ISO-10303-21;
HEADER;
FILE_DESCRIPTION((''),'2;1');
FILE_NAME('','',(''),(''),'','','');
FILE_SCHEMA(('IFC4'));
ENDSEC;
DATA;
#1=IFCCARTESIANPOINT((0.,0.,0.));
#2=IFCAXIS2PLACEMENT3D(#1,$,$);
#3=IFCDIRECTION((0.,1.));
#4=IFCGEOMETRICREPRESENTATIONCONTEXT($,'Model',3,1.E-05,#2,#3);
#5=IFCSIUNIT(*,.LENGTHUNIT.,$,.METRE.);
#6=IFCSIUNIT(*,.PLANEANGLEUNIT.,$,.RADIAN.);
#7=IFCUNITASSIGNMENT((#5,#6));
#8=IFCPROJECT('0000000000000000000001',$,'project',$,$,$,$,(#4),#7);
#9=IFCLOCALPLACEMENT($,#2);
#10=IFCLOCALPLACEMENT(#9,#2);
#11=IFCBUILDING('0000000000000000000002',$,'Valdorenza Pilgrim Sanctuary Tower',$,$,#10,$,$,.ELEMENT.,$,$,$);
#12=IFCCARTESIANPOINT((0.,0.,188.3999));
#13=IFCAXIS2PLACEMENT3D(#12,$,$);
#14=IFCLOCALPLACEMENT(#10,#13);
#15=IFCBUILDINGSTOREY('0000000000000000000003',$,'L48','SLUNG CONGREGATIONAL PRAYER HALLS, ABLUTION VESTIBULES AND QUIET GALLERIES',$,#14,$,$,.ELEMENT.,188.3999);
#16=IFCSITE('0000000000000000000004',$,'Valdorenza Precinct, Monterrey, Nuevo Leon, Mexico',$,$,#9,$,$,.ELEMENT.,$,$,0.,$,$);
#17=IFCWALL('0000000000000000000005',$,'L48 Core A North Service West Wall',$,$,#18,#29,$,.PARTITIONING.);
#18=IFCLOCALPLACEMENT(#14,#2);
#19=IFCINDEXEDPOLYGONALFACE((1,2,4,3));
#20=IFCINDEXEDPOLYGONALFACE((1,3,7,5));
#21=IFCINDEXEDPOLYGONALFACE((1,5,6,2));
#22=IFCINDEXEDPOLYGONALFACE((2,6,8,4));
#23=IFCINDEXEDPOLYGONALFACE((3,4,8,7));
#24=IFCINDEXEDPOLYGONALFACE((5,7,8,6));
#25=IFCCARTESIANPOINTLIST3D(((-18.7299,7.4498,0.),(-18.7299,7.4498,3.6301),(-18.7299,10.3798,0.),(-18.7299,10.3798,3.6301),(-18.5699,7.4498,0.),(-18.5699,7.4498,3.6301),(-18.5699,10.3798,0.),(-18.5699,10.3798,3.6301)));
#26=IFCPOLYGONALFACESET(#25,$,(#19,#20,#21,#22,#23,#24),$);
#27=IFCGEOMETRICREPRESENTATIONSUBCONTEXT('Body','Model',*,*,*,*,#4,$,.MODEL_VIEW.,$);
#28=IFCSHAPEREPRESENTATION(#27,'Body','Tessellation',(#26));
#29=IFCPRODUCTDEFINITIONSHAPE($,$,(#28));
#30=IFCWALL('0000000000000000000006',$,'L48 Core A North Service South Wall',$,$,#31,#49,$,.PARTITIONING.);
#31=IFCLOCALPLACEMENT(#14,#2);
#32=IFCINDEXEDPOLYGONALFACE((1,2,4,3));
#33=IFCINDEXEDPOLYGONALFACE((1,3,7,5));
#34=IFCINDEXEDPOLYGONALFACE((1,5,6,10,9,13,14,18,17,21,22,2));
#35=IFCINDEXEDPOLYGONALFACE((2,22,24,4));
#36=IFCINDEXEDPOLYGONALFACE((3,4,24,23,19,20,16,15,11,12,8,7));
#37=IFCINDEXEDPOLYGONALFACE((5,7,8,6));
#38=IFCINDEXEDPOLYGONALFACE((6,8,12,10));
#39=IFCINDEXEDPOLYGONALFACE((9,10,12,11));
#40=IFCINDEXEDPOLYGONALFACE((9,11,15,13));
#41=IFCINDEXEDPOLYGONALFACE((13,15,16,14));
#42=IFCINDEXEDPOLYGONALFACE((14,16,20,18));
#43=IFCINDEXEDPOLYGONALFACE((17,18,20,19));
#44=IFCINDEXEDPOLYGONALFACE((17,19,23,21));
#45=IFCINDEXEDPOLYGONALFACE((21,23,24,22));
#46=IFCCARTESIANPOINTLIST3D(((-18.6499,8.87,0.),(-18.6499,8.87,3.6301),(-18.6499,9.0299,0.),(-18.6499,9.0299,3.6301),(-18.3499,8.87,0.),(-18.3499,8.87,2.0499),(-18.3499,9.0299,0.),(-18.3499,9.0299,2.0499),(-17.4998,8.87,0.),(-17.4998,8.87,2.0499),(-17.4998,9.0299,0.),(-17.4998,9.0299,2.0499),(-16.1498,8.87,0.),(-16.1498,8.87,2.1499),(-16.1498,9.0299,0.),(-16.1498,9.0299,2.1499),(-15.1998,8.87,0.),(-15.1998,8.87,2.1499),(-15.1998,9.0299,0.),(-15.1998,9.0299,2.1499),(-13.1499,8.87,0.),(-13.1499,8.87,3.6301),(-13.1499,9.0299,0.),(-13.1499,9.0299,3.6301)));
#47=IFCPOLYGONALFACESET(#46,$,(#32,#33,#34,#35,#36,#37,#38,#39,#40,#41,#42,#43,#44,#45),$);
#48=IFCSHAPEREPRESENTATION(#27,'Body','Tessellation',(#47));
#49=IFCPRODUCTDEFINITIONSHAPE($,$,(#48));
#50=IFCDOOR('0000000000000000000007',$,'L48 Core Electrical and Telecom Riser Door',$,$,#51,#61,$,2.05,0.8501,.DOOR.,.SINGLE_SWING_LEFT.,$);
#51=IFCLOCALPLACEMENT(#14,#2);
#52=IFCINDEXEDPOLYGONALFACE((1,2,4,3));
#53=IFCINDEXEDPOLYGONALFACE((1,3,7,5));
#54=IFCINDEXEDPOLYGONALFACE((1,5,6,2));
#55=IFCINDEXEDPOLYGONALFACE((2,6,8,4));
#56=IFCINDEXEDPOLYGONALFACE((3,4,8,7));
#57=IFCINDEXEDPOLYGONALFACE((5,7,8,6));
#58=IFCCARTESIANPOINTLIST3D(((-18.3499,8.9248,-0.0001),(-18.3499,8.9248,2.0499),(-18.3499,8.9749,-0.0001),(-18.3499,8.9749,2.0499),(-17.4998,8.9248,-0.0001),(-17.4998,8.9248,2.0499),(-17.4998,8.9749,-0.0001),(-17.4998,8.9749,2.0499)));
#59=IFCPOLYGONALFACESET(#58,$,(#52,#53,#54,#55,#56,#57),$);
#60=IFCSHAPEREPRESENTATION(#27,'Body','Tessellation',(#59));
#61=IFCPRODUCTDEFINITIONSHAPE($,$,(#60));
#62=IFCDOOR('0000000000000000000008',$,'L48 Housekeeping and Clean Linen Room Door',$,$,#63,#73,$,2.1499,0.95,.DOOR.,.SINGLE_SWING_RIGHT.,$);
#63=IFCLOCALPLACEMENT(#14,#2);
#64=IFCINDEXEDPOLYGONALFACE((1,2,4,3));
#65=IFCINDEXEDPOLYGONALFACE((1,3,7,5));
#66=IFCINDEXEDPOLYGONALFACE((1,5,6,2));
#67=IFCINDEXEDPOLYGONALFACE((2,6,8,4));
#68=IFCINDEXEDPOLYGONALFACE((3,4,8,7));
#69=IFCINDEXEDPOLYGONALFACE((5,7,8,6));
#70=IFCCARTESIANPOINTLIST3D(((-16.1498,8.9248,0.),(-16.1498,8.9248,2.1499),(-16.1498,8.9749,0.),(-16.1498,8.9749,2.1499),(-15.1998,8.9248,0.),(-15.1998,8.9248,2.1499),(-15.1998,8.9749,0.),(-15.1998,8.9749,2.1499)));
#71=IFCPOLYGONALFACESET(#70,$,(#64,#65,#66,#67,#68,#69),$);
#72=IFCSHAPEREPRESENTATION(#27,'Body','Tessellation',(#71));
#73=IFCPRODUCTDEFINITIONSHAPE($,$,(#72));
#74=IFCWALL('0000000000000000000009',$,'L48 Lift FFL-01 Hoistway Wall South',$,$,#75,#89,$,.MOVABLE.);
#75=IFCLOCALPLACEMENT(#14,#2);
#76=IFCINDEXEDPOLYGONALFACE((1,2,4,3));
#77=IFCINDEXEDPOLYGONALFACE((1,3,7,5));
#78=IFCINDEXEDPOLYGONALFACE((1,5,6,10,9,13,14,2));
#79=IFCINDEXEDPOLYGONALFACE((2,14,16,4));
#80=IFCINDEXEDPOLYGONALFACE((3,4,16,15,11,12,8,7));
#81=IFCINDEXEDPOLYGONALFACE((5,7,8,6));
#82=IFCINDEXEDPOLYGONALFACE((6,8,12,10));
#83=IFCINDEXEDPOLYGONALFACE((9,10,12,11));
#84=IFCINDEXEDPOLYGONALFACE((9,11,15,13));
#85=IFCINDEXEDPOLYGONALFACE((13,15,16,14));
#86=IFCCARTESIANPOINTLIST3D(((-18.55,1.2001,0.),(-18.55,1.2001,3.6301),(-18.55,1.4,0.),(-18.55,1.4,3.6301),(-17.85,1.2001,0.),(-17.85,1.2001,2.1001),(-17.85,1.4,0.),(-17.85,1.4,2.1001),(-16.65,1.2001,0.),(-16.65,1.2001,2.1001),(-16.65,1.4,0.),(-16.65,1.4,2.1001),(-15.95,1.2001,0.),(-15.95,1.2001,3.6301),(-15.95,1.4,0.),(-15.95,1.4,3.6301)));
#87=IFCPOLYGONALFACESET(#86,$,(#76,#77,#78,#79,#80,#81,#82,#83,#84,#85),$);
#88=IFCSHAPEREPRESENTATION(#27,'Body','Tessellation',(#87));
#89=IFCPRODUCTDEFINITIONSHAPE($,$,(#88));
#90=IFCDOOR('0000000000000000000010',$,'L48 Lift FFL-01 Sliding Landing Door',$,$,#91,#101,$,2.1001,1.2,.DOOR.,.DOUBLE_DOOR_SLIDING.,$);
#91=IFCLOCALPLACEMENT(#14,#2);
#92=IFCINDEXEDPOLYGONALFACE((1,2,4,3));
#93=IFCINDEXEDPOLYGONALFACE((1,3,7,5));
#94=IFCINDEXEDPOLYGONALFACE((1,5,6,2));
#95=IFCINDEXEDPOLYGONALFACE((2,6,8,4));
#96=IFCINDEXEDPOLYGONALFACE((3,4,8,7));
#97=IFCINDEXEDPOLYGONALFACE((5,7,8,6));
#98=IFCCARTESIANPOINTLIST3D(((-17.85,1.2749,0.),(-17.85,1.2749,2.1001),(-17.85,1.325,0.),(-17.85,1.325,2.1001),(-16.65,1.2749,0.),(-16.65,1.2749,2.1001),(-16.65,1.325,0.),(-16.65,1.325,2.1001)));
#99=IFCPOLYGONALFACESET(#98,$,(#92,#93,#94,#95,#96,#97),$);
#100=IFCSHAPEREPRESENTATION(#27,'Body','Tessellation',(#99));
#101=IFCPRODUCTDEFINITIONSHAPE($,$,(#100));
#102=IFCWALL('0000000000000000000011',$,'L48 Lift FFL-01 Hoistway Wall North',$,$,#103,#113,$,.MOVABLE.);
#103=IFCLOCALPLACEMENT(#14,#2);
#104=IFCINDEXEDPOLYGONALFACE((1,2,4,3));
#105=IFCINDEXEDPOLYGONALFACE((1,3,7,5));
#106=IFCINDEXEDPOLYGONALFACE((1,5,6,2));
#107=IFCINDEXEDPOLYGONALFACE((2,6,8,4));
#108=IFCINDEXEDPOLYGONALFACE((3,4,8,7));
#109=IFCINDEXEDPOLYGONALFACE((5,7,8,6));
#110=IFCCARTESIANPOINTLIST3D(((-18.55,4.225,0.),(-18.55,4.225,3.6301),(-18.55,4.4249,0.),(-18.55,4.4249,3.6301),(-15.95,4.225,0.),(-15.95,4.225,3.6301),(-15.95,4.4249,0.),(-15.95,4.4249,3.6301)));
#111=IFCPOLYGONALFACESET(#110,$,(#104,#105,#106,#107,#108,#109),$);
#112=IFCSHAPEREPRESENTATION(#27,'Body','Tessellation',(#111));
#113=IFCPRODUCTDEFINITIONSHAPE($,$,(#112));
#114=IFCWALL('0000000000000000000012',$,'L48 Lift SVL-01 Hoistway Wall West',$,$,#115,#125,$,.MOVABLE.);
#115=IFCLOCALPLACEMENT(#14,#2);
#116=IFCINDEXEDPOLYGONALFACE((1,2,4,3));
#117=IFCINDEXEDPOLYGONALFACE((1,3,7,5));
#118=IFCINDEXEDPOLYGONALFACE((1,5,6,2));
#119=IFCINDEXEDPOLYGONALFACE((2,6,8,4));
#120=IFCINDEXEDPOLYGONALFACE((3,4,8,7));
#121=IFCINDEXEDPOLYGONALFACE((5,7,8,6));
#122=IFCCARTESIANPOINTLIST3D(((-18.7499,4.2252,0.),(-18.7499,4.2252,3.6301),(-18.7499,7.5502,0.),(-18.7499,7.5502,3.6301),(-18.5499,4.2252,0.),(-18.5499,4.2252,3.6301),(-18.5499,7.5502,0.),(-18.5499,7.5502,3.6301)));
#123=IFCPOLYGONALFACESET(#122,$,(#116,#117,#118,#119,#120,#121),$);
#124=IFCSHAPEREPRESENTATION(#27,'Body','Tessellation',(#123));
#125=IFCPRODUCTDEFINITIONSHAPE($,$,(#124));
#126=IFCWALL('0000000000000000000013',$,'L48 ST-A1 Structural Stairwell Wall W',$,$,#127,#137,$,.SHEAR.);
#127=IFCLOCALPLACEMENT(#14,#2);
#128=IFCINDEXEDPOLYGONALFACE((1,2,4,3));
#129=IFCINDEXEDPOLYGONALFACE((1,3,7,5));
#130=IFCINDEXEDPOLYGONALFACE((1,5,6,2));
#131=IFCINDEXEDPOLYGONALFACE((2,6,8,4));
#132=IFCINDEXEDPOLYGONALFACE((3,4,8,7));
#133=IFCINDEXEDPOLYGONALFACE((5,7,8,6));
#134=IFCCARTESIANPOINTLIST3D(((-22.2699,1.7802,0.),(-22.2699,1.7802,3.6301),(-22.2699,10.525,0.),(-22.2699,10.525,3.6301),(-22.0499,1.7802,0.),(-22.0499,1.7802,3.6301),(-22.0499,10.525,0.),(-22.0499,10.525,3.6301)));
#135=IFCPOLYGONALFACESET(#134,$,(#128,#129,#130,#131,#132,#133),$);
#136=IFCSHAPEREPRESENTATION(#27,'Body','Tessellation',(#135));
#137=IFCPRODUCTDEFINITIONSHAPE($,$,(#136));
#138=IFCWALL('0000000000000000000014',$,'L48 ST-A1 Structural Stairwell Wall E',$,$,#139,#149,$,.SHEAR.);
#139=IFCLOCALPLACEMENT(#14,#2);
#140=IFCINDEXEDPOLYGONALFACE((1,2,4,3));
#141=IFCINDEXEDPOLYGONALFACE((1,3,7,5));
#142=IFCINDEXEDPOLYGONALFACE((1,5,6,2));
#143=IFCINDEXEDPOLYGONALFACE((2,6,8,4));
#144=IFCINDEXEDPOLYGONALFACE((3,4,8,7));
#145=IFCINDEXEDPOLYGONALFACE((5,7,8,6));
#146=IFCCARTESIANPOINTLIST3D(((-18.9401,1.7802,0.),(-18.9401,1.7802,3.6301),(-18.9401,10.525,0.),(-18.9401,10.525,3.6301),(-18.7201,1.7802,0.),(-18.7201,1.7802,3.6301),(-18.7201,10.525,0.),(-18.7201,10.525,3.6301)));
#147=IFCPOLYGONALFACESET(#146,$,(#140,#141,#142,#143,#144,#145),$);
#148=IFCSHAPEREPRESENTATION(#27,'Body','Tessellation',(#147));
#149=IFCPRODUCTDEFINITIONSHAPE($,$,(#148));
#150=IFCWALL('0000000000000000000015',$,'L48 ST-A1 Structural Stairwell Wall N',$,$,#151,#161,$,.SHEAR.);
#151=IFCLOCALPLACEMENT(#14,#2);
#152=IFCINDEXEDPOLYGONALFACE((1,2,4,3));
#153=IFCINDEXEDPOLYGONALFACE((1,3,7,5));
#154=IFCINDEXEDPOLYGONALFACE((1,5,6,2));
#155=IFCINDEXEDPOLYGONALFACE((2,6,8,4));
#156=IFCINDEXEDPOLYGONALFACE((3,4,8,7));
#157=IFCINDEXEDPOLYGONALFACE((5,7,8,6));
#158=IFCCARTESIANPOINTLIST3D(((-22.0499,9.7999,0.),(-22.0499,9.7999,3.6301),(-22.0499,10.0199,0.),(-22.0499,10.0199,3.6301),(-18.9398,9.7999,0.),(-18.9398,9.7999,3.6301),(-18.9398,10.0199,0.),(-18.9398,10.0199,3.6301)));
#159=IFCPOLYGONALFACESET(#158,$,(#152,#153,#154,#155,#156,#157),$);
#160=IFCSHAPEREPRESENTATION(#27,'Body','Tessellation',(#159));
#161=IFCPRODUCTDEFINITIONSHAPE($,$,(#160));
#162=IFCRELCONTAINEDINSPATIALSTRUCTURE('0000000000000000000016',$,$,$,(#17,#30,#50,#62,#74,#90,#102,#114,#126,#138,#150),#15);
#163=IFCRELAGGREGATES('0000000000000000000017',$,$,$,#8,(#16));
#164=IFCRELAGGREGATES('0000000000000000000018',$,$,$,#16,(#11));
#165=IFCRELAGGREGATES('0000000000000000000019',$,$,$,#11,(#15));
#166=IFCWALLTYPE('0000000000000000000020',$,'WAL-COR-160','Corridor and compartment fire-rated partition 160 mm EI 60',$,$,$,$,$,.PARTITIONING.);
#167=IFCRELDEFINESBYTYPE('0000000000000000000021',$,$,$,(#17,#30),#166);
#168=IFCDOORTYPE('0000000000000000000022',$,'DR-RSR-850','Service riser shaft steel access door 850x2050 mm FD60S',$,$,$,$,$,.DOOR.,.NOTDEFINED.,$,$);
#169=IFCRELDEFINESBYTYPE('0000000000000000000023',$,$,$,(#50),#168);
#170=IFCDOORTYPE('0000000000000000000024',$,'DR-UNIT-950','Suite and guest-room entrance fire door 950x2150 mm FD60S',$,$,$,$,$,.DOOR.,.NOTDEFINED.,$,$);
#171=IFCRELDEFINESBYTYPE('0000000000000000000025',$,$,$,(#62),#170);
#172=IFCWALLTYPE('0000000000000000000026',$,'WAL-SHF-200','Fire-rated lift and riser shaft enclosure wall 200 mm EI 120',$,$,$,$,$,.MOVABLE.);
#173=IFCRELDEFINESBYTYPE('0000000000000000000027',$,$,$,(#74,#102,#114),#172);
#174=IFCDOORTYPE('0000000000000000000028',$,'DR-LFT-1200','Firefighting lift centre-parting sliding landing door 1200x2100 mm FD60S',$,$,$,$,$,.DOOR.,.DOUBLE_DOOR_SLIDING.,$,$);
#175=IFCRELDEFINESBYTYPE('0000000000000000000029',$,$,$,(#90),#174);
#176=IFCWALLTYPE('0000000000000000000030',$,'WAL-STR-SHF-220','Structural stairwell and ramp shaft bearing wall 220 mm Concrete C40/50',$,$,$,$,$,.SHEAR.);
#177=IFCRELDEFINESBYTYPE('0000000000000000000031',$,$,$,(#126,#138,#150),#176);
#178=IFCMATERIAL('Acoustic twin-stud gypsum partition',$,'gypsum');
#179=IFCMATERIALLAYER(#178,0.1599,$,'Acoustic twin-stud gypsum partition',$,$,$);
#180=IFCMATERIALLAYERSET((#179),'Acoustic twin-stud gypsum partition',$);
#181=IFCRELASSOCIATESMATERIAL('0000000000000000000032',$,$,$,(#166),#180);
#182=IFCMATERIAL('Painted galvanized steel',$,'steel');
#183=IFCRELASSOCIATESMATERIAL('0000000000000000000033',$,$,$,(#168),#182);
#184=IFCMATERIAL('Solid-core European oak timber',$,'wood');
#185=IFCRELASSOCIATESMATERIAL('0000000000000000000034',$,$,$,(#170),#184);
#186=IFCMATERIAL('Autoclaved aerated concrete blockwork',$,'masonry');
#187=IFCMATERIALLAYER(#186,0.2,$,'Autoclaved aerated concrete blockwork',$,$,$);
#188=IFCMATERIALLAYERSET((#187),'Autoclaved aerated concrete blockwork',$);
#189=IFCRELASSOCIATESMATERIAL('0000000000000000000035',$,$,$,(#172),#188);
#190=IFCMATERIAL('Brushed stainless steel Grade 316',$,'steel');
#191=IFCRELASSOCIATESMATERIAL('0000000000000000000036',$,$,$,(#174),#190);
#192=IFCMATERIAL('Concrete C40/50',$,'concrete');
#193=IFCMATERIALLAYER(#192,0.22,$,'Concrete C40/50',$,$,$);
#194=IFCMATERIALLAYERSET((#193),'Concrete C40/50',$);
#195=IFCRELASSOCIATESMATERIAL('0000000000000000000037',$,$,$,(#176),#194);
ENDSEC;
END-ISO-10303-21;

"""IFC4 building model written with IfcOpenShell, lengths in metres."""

from ifc_helpers import new_model, si_unit, direction, frame, frame_2d, origin, place, context, subcontext, project, spatial, rectangle, extrude, material, layer, layer_set, type_object, element, fill, save


model = new_model("IFC4")

# Units and contexts
model_context = context("Model", 3, precision=1e-05, world=origin(), true_north=direction((0.0, 1.0)))
body_context = subcontext(model_context, "Body", "Model", "MODEL_VIEW")
ifc_project = project(units=[si_unit("LENGTHUNIT", "METRE"), si_unit("PLANEANGLEUNIT", "RADIAN")], contexts=[model_context])

# Site, building, storey
site_placement = place(None, origin())
site = spatial("IfcSite", under=ifc_project, at=site_placement, Name="Valdorenza Precinct, Monterrey, Nuevo Leon, Mexico", CompositionType="ELEMENT", RefElevation=0.0)
building_placement = place(site_placement, origin())
building = spatial("IfcBuilding", under=site, at=building_placement, Name="Valdorenza Pilgrim Sanctuary Tower", CompositionType="ELEMENT")
storey_placement = place(building_placement, frame((0.0, 0.0, 188.3999)))
storey = spatial("IfcBuildingStorey", under=building, at=storey_placement, Name="L48", Description="SLUNG CONGREGATIONAL PRAYER HALLS, ABLUTION VESTIBULES AND QUIET GALLERIES", CompositionType="ELEMENT", Elevation=188.3999)

# Wall
ifc_material_1 = material(Name="Acoustic twin-stud gypsum partition", Category="gypsum")
ifc_layer_1 = layer(ifc_material_1, 0.1599, Name="Acoustic twin-stud gypsum partition")
ifc_layer_set_1 = layer_set([ifc_layer_1], Name="Acoustic twin-stud gypsum partition")
wall_type_1 = type_object("IfcWallType", Name="WAL-COR-160", Description="Corridor and compartment fire-rated partition 160 mm EI 60", PredefinedType="PARTITIONING", material=ifc_layer_set_1)
wall_1_placement = place(storey_placement, frame((-18.6499, 7.45, 0.0), z_axis=(0.0, 0.0, 1.0), x_axis=(0.0, 1.0, 0.0)))
element("IfcWall", 1, at=wall_1_placement, inside=storey, type_object=wall_type_1, Name="L48 Core A North Service West Wall", PredefinedType="PARTITIONING", context=body_context, shape_type="SweptSolid", body=[
    extrude(rectangle(XDim=2.9299, YDim=0.1599, at=frame_2d((1.4648, 0.0))), origin(), (0.0, 0.0, 1.0), 3.6301),
])

# Wall, openings, doors
wall_2_placement = place(storey_placement, frame((-18.6499, 8.95, 0.0), z_axis=(0.0, 0.0, 1.0), x_axis=(1.0, 0.0, 0.0)))
wall_2 = element("IfcWall", 2, at=wall_2_placement, inside=storey, type_object=wall_type_1, Name="L48 Core A North Service South Wall", PredefinedType="PARTITIONING", context=body_context, shape_type="SweptSolid", body=[
    extrude(rectangle(XDim=5.5, YDim=0.1599, at=frame_2d((2.75, 0.0))), origin(), (0.0, 0.0, 1.0), 3.6301),
])
opening_1_placement = place(wall_2_placement, frame((0.3, 0.0, 0.0)))
opening_1 = element("IfcOpeningElement", 3, at=opening_1_placement, cuts=wall_2, PredefinedType="OPENING", context=body_context, shape_type="SweptSolid", body=[
    extrude(rectangle(XDim=0.8501, YDim=2.05, at=frame_2d((0.425, 1.0249))), frame((0.0, 0.0947, 0.0), z_axis=(0.0, -1.0, 0.0), x_axis=(1.0, 0.0, 0.0)), (0.0, 0.0, 1.0), 0.1897),
])
opening_2_placement = place(wall_2_placement, frame((2.5, 0.0, 0.0)))
opening_2 = element("IfcOpeningElement", 4, at=opening_2_placement, cuts=wall_2, PredefinedType="OPENING", context=body_context, shape_type="SweptSolid", body=[
    extrude(rectangle(XDim=0.95, YDim=2.1499, at=frame_2d((0.4751, 1.075))), frame((0.0, 0.0947, 0.0), z_axis=(0.0, -1.0, 0.0), x_axis=(1.0, 0.0, 0.0)), (0.0, 0.0, 1.0), 0.1897),
])
ifc_material_2 = material(Name="Painted galvanized steel", Category="steel")
door_type_1 = type_object("IfcDoorType", Name="DR-RSR-850", Description="Service riser shaft steel access door 850x2050 mm FD60S", OperationType="NOTDEFINED", PredefinedType="DOOR", material=ifc_material_2)
door_1_placement = place(opening_1_placement, origin())
door_1 = element("IfcDoor", 5, at=door_1_placement, inside=storey, type_object=door_type_1, Name="L48 Core Electrical and Telecom Riser Door", OperationType="SINGLE_SWING_LEFT", OverallHeight=2.05, OverallWidth=0.8501, PredefinedType="DOOR", context=body_context, shape_type="SweptSolid", body=[
    extrude(rectangle(XDim=0.8501, YDim=2.05, at=frame_2d((0.425, 1.0249))), frame((0.0, 0.0249, 0.0), z_axis=(0.0, -1.0, 0.0), x_axis=(1.0, 0.0, 0.0)), (0.0, 0.0, 1.0), 0.05),
])
fill(opening_1, door_1)
ifc_material_3 = material(Name="Solid-core European oak timber", Category="wood")
door_type_2 = type_object("IfcDoorType", Name="DR-UNIT-950", Description="Suite and guest-room entrance fire door 950x2150 mm FD60S", OperationType="NOTDEFINED", PredefinedType="DOOR", material=ifc_material_3)
door_2_placement = place(opening_2_placement, origin())
door_2 = element("IfcDoor", 6, at=door_2_placement, inside=storey, type_object=door_type_2, Name="L48 Housekeeping and Clean Linen Room Door", OperationType="SINGLE_SWING_RIGHT", OverallHeight=2.1499, OverallWidth=0.95, PredefinedType="DOOR", context=body_context, shape_type="SweptSolid", body=[
    extrude(rectangle(XDim=0.95, YDim=2.1499, at=frame_2d((0.4751, 1.075))), frame((0.0, 0.0249, 0.0), z_axis=(0.0, -1.0, 0.0), x_axis=(1.0, 0.0, 0.0)), (0.0, 0.0, 1.0), 0.05),
])
fill(opening_2, door_2)

# Wall, opening, door
ifc_material_4 = material(Name="Autoclaved aerated concrete blockwork", Category="masonry")
ifc_layer_2 = layer(ifc_material_4, 0.2, Name="Autoclaved aerated concrete blockwork")
ifc_layer_set_2 = layer_set([ifc_layer_2], Name="Autoclaved aerated concrete blockwork")
wall_type_2 = type_object("IfcWallType", Name="WAL-SHF-200", Description="Fire-rated lift and riser shaft enclosure wall 200 mm EI 120", PredefinedType="MOVABLE", material=ifc_layer_set_2)
wall_3_placement = place(storey_placement, frame((-18.55, 1.3, 0.0), z_axis=(0.0, 0.0, 1.0), x_axis=(1.0, 0.0, 0.0)))
wall_3 = element("IfcWall", 7, at=wall_3_placement, inside=storey, type_object=wall_type_2, Name="L48 Lift FFL-01 Hoistway Wall South", PredefinedType="MOVABLE", context=body_context, shape_type="SweptSolid", body=[
    extrude(rectangle(XDim=2.6001, YDim=0.2, at=frame_2d((1.3, 0.0))), origin(), (0.0, 0.0, 1.0), 3.6301),
])
opening_3_placement = place(wall_3_placement, frame((0.7, 0.0, 0.0)))
opening_3 = element("IfcOpeningElement", 8, at=opening_3_placement, cuts=wall_3, PredefinedType="OPENING", context=body_context, shape_type="SweptSolid", body=[
    extrude(rectangle(XDim=1.2, YDim=2.1001, at=frame_2d((0.6001, 1.05))), frame((0.0, 0.1147, 0.0), z_axis=(0.0, -1.0, 0.0), x_axis=(1.0, 0.0, 0.0)), (0.0, 0.0, 1.0), 0.2297),
])
ifc_material_5 = material(Name="Brushed stainless steel Grade 316", Category="steel")
door_type_3 = type_object("IfcDoorType", Name="DR-LFT-1200", Description="Firefighting lift centre-parting sliding landing door 1200x2100 mm FD60S", OperationType="DOUBLE_DOOR_SLIDING", PredefinedType="DOOR", material=ifc_material_5)
door_3_placement = place(opening_3_placement, origin())
door_3 = element("IfcDoor", 9, at=door_3_placement, inside=storey, type_object=door_type_3, Name="L48 Lift FFL-01 Sliding Landing Door", OperationType="DOUBLE_DOOR_SLIDING", OverallHeight=2.1001, OverallWidth=1.2, PredefinedType="DOOR", context=body_context, shape_type="SweptSolid", body=[
    extrude(rectangle(XDim=1.2, YDim=2.1001, at=frame_2d((0.6001, 1.05))), frame((0.0, 0.0249, 0.0), z_axis=(0.0, -1.0, 0.0), x_axis=(1.0, 0.0, 0.0)), (0.0, 0.0, 1.0), 0.05),
])
fill(opening_3, door_3)

# Walls
wall_4_placement = place(storey_placement, frame((-18.55, 4.325, 0.0), z_axis=(0.0, 0.0, 1.0), x_axis=(1.0, 0.0, 0.0)))
element("IfcWall", 10, at=wall_4_placement, inside=storey, type_object=wall_type_2, Name="L48 Lift FFL-01 Hoistway Wall North", PredefinedType="MOVABLE", context=body_context, shape_type="SweptSolid", body=[
    extrude(rectangle(XDim=2.6001, YDim=0.2, at=frame_2d((1.3, 0.0))), origin(), (0.0, 0.0, 1.0), 3.6301),
])
wall_5_placement = place(storey_placement, frame((-18.6499, 4.2251, 0.0), z_axis=(0.0, 0.0, 1.0), x_axis=(0.0, 1.0, 0.0)))
element("IfcWall", 11, at=wall_5_placement, inside=storey, type_object=wall_type_2, Name="L48 Lift SVL-01 Hoistway Wall West", PredefinedType="MOVABLE", context=body_context, shape_type="SweptSolid", body=[
    extrude(rectangle(XDim=3.325, YDim=0.2, at=frame_2d((1.6626, 0.0))), origin(), (0.0, 0.0, 1.0), 3.6301),
])
ifc_material_6 = material(Name="Concrete C40/50", Category="concrete")
ifc_layer_3 = layer(ifc_material_6, 0.22, Name="Concrete C40/50")
ifc_layer_set_3 = layer_set([ifc_layer_3], Name="Concrete C40/50")
wall_type_3 = type_object("IfcWallType", Name="WAL-STR-SHF-220", Description="Structural stairwell and ramp shaft bearing wall 220 mm Concrete C40/50", PredefinedType="SHEAR", material=ifc_layer_set_3)
for number, where, z_axis, x_axis, name in (
    (12, (-22.1599, 1.78, 0.0), (0.0, 0.0, 1.0), (0.0, 1.0, 0.0), "L48 ST-A1 Structural Stairwell Wall W"),
    (13, (-18.8301, 1.78, 0.0), (0.0, 0.0, 1.0), (0.0, 1.0, 0.0), "L48 ST-A1 Structural Stairwell Wall E"),
):
    element("IfcWall", number, at=place(storey_placement, frame(where, z_axis=z_axis, x_axis=x_axis)), inside=storey, type_object=wall_type_3, Name=name, PredefinedType="SHEAR", context=body_context, shape_type="SweptSolid", body=[
        extrude(rectangle(XDim=8.7449, YDim=0.22, at=frame_2d((4.3726, 0.0))), origin(), (0.0, 0.0, 1.0), 3.6301),
    ])

# Wall
wall_6_placement = place(storey_placement, frame((-22.05, 9.9099, 0.0), z_axis=(0.0, 0.0, 1.0), x_axis=(1.0, 0.0, 0.0)))
element("IfcWall", 14, at=wall_6_placement, inside=storey, type_object=wall_type_3, Name="L48 ST-A1 Structural Stairwell Wall N", PredefinedType="SHEAR", context=body_context, shape_type="SweptSolid", body=[
    extrude(rectangle(XDim=3.1101, YDim=0.22, at=frame_2d((1.5552, 0.0))), origin(), (0.0, 0.0, 1.0), 3.6301),
])

save(model, "model.ifc")
